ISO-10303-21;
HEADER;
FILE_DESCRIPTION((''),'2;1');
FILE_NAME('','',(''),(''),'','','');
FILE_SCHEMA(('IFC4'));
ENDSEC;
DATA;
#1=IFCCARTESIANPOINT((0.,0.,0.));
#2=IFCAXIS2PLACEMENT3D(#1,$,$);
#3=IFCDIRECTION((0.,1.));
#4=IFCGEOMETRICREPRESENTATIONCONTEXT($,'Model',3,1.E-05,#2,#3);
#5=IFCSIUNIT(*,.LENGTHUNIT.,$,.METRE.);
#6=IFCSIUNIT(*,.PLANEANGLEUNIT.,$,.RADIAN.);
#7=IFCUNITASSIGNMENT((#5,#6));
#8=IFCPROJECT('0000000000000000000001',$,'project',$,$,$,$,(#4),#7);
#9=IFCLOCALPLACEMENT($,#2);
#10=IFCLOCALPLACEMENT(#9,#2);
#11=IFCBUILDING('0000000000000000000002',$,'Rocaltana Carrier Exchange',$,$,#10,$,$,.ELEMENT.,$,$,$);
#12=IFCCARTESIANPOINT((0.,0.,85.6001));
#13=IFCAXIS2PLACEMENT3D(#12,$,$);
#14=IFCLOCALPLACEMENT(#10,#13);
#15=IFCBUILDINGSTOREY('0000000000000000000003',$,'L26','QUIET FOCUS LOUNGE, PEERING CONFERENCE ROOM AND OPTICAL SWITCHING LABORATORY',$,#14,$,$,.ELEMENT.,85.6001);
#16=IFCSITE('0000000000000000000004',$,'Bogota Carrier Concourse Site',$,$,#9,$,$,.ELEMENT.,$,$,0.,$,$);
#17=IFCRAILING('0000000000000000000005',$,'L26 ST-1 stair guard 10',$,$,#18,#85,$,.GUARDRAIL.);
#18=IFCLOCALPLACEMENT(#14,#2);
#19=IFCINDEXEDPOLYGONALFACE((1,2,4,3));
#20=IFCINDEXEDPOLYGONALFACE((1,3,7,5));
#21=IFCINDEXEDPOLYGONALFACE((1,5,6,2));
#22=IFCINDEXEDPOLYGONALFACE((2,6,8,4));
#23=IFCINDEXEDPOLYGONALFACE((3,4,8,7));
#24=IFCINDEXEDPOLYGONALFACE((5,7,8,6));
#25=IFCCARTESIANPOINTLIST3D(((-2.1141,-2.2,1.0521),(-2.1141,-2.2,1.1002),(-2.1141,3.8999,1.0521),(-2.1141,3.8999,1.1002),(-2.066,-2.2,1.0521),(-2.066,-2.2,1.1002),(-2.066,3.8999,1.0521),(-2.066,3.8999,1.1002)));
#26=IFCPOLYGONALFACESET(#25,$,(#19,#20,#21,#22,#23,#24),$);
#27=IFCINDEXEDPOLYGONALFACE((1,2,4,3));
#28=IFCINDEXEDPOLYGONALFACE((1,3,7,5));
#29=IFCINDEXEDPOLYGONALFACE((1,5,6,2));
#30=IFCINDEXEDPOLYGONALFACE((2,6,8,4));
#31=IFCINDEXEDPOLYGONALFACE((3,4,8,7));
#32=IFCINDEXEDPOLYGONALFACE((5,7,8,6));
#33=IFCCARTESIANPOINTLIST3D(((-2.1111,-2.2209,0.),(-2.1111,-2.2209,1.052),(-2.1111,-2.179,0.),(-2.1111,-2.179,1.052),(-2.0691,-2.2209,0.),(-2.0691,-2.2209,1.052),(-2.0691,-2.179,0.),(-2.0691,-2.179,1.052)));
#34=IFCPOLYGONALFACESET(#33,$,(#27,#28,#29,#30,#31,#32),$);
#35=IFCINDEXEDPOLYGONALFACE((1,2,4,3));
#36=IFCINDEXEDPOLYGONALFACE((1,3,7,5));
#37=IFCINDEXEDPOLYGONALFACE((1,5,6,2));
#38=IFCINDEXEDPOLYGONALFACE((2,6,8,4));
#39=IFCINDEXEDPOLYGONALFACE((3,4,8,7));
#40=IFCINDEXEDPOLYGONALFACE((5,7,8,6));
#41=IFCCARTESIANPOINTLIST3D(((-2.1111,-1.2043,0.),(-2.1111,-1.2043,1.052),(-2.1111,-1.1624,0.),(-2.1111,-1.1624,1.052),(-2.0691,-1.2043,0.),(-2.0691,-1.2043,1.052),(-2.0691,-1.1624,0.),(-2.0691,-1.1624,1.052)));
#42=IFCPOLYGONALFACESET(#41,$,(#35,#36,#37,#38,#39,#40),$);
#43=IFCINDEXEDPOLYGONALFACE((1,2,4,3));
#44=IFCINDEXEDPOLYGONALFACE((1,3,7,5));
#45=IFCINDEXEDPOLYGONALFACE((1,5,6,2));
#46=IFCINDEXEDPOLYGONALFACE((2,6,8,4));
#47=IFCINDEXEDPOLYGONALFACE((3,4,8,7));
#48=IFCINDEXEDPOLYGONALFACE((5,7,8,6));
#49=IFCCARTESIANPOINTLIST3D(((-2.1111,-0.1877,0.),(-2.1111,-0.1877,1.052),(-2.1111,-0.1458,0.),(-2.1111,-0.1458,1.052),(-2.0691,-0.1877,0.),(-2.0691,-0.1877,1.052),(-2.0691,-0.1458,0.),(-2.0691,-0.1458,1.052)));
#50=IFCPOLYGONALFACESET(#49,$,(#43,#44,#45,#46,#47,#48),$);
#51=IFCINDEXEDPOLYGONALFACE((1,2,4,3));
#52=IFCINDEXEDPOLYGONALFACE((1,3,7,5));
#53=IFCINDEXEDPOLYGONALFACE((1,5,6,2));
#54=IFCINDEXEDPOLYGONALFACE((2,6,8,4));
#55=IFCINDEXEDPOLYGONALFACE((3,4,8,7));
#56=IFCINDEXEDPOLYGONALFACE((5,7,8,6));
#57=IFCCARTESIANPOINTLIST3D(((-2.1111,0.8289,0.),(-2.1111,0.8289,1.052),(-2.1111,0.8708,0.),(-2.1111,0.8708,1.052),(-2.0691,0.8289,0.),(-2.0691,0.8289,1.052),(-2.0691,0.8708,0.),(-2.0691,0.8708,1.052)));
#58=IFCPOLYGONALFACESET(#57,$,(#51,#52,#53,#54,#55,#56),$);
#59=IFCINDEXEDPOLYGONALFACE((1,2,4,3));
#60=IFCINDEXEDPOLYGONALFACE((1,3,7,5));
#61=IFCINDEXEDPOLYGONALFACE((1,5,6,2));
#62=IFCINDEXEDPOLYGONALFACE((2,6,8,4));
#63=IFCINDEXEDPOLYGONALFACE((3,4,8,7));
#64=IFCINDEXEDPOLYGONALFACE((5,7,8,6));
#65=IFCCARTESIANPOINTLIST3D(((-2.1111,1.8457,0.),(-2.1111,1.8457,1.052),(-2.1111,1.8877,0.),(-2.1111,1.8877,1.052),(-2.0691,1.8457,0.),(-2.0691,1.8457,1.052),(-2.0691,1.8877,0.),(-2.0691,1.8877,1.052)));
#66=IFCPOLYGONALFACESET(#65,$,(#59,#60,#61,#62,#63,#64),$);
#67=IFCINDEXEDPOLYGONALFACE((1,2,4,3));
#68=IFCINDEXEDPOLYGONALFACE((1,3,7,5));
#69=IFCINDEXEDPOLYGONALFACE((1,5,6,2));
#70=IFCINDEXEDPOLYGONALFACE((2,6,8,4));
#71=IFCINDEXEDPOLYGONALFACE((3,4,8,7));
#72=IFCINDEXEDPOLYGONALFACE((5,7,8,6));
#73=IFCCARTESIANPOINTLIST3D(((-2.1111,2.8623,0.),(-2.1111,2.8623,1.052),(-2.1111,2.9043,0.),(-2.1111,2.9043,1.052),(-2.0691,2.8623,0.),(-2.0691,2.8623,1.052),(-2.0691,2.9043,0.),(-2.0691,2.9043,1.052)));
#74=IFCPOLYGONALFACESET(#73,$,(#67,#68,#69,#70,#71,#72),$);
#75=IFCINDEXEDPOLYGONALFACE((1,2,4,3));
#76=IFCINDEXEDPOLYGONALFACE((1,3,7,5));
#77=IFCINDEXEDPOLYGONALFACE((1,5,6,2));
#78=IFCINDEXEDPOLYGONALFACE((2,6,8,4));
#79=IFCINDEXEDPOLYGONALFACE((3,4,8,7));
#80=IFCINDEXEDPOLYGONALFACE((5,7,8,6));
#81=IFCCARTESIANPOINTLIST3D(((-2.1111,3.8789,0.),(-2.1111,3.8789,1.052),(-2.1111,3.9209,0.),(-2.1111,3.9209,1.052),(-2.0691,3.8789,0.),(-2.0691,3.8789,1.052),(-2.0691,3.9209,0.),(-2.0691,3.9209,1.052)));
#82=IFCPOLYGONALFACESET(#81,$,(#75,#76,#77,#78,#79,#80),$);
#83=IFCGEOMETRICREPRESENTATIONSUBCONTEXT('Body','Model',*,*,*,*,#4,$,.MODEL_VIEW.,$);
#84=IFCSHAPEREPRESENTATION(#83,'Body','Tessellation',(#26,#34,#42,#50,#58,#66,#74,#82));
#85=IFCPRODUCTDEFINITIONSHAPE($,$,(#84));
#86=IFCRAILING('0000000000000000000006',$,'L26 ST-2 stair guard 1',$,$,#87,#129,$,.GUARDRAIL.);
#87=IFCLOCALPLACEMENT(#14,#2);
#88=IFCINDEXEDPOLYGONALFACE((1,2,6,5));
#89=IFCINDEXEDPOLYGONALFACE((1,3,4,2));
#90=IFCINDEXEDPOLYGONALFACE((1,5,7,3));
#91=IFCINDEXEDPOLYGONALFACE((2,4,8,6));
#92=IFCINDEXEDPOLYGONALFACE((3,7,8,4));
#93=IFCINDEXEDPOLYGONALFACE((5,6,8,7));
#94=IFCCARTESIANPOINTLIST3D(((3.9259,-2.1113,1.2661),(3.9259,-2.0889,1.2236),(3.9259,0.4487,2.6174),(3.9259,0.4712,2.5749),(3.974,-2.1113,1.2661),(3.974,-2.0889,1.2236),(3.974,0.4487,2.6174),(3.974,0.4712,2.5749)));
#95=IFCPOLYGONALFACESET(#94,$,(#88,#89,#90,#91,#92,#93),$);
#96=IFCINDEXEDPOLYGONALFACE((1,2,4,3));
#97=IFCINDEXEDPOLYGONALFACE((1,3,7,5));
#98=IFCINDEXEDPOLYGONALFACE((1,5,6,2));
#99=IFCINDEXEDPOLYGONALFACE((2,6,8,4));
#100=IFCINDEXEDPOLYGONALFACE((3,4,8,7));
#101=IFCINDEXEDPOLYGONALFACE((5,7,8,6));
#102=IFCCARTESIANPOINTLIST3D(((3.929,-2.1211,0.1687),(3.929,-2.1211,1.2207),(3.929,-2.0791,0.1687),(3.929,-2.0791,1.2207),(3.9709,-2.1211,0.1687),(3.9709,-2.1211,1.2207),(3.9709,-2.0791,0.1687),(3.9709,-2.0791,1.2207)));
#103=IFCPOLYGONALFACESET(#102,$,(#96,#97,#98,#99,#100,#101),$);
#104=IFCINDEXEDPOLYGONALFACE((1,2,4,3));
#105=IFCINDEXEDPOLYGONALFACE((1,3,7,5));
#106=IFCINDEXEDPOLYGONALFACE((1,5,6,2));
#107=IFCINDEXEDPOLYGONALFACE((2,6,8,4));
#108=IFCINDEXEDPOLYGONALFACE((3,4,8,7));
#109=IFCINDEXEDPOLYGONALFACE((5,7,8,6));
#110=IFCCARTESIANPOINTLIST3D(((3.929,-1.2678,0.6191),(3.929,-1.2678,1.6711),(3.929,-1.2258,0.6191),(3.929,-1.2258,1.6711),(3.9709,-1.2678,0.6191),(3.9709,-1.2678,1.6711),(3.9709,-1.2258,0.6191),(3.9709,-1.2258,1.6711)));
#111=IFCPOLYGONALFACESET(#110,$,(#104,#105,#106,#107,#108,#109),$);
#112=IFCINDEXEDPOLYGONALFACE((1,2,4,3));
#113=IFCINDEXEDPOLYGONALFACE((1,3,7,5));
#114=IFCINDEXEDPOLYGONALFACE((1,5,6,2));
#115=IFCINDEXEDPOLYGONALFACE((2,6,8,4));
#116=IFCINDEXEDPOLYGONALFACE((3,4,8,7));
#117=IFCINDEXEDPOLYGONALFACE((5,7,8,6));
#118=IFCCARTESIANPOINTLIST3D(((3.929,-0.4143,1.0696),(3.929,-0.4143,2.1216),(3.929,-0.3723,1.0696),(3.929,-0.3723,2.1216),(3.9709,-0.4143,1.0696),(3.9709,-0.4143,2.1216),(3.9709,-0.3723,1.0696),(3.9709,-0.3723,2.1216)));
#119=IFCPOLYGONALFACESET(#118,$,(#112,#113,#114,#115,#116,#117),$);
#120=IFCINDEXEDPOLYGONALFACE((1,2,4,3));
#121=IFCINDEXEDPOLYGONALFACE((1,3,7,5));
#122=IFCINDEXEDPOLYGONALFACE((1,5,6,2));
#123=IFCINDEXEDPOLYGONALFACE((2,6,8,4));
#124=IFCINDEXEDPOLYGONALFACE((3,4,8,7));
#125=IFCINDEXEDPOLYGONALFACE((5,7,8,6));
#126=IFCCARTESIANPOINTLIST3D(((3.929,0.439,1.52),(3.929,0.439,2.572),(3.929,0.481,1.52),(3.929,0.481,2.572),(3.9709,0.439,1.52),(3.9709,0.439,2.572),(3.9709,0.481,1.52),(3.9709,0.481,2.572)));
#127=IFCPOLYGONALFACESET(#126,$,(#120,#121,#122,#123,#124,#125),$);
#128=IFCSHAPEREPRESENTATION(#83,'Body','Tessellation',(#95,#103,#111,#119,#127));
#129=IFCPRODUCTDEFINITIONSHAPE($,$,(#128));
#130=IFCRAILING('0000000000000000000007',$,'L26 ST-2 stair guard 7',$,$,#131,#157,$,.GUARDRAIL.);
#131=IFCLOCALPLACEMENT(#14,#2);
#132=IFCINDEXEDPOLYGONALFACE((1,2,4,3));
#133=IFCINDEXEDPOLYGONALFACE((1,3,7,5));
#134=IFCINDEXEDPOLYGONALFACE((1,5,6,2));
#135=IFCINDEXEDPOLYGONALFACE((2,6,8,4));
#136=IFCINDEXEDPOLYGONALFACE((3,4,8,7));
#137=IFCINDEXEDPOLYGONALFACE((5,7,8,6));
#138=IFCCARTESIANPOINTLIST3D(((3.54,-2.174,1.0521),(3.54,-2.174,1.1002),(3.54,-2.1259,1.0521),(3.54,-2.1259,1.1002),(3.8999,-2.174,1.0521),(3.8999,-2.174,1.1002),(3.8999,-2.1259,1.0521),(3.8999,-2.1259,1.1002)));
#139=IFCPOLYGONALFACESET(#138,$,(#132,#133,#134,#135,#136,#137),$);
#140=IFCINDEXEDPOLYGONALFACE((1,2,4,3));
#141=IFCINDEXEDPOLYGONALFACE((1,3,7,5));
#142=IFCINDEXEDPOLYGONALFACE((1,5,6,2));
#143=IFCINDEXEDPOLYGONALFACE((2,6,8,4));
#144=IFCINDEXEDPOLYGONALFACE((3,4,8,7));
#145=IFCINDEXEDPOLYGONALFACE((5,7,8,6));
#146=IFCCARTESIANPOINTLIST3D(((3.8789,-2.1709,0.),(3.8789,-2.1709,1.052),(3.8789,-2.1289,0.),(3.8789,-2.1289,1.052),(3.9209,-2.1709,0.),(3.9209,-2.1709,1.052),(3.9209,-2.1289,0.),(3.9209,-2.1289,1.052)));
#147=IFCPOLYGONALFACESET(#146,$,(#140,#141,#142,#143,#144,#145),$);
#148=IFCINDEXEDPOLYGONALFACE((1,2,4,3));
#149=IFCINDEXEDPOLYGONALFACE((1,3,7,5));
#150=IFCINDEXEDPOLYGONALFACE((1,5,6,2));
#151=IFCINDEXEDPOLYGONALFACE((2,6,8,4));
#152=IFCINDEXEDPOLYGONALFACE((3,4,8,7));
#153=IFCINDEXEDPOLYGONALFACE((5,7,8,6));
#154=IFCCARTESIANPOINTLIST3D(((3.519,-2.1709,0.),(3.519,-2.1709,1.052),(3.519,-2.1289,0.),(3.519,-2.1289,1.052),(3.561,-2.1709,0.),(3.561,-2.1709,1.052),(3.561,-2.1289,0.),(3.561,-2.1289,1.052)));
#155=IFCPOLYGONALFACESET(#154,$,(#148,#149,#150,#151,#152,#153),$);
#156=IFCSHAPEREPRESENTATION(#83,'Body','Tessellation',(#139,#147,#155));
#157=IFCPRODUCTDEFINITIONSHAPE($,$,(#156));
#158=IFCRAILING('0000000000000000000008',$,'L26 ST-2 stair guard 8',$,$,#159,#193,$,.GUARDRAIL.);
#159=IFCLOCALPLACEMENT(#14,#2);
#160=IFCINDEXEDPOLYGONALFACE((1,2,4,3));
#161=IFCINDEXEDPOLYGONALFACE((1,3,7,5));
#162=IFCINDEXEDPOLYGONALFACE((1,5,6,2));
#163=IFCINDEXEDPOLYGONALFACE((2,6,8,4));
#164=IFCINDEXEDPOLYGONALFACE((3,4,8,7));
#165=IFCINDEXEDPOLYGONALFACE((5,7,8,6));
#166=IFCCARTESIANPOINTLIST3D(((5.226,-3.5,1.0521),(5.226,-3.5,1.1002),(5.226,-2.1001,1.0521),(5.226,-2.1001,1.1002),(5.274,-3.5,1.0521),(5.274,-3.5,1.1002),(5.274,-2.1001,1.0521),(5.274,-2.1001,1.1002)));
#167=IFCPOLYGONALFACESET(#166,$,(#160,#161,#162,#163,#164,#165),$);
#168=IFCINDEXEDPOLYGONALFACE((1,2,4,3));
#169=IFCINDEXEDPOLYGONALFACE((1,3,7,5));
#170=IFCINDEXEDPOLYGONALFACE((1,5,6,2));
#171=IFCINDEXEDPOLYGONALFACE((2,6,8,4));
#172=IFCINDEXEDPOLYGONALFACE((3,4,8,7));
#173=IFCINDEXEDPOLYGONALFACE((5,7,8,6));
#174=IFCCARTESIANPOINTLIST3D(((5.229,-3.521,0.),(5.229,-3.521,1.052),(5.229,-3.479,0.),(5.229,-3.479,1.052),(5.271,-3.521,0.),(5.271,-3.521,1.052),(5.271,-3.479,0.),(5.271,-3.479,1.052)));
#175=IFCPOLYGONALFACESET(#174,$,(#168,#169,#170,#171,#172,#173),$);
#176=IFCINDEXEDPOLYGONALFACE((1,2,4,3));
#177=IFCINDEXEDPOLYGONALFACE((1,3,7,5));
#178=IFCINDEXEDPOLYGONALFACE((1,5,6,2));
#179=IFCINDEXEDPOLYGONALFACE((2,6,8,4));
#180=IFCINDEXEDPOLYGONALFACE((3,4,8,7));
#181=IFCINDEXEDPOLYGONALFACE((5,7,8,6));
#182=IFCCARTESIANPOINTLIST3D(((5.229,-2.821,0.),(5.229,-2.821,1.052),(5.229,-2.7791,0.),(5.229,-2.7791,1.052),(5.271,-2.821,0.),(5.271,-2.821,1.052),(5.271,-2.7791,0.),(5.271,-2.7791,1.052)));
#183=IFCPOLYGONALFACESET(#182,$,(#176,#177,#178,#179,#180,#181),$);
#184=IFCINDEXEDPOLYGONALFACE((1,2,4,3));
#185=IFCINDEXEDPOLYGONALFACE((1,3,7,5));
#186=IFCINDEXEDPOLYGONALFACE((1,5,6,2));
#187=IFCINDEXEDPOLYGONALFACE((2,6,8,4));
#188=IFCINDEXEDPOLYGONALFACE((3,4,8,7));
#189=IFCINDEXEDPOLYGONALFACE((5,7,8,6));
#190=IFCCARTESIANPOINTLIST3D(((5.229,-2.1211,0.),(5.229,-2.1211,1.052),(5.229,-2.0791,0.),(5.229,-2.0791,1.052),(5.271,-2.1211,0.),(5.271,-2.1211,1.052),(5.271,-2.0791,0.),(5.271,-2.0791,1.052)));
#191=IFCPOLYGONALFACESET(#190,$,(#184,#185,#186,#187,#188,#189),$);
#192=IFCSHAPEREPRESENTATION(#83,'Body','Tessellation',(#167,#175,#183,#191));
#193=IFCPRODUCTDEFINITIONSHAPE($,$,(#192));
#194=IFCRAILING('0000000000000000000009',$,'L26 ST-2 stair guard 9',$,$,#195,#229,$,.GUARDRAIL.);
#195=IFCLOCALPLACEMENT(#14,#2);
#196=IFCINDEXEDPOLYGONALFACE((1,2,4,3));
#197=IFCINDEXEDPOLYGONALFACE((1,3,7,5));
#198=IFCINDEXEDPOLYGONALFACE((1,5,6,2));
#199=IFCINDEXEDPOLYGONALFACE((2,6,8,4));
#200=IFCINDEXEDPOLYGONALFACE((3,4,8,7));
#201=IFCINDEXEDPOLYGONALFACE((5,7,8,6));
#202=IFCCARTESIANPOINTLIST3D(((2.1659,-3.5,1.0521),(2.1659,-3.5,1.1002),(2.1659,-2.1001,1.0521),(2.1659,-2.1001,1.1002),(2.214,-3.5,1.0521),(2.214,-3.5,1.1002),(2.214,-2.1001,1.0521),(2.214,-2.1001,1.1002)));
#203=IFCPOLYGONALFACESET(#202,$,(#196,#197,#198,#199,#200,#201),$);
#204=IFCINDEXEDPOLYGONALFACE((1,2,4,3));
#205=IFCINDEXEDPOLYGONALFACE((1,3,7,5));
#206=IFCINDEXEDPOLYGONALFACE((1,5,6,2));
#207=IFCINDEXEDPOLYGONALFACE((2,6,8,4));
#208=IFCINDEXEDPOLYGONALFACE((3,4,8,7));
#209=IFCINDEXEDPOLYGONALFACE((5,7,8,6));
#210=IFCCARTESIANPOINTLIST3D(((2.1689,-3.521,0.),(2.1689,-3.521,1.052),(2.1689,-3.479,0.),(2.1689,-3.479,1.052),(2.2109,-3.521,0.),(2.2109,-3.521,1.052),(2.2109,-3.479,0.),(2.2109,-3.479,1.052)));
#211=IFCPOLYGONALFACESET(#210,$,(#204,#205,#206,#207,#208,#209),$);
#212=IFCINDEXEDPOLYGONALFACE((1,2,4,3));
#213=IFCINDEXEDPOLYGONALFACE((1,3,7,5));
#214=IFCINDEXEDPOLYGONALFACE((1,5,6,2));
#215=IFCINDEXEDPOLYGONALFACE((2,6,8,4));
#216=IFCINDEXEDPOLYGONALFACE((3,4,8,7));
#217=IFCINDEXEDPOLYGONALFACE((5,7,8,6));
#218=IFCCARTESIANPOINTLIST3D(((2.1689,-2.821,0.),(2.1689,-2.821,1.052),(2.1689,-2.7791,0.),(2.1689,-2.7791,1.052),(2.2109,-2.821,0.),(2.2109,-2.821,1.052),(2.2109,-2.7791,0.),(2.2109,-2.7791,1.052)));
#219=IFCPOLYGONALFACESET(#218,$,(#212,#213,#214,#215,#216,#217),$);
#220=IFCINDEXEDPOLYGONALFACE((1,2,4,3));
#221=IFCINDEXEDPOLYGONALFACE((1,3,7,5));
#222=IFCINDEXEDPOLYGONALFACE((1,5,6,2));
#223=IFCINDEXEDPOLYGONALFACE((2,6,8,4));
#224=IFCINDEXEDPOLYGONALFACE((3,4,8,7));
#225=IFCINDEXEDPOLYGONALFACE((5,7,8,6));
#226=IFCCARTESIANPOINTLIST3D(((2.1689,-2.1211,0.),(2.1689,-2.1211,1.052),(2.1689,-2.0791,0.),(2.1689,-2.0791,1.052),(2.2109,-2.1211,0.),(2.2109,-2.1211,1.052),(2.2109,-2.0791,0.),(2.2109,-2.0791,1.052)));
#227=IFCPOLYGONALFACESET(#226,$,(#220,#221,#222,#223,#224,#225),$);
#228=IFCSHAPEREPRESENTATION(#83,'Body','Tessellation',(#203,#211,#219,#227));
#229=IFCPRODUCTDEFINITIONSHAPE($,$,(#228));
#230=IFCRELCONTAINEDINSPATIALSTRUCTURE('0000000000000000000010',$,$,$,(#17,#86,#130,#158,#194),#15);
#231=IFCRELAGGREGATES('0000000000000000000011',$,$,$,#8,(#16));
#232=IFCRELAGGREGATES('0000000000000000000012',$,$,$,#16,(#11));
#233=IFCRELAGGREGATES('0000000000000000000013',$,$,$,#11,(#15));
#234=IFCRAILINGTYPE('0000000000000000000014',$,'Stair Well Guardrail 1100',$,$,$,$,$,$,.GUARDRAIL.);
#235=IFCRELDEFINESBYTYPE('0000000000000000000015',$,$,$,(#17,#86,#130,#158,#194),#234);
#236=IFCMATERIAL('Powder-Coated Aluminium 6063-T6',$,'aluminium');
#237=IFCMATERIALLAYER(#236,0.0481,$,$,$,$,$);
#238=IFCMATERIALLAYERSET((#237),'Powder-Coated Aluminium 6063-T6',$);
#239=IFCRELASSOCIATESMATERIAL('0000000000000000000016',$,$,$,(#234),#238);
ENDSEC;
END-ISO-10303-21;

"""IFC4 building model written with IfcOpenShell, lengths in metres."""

from ifc_helpers import new_model, si_unit, direction, frame, origin, origin_2d, place, context, subcontext, project, spatial, rectangle, extrude, material, layer, layer_set, type_object, element, save


model = new_model("IFC4")

# Units and contexts
model_context = context("Model", 3, precision=1e-05, world=origin(), true_north=direction((0.0, 1.0)))
body_context = subcontext(model_context, "Body", "Model", "MODEL_VIEW")
ifc_project = project(units=[si_unit("LENGTHUNIT", "METRE"), si_unit("PLANEANGLEUNIT", "RADIAN")], contexts=[model_context])

# Site, building, storey
site_placement = place(None, origin())
site = spatial("IfcSite", under=ifc_project, at=site_placement, Name="Bogota Carrier Concourse Site", CompositionType="ELEMENT", RefElevation=0.0)
building_placement = place(site_placement, origin())
building = spatial("IfcBuilding", under=site, at=building_placement, Name="Rocaltana Carrier Exchange", CompositionType="ELEMENT")
storey_placement = place(building_placement, frame((0.0, 0.0, 85.6001)))
storey = spatial("IfcBuildingStorey", under=building, at=storey_placement, Name="L26", Description="QUIET FOCUS LOUNGE, PEERING CONFERENCE ROOM AND OPTICAL SWITCHING LABORATORY", CompositionType="ELEMENT", Elevation=85.6001)

# Railings
ifc_material_1 = material(Name="Powder-Coated Aluminium 6063-T6", Category="aluminium")
ifc_layer_1 = layer(ifc_material_1, 0.0481)
ifc_layer_set_1 = layer_set([ifc_layer_1], Name="Powder-Coated Aluminium 6063-T6")
railing_type_1 = type_object("IfcRailingType", Name="Stair Well Guardrail 1100", PredefinedType="GUARDRAIL", material=ifc_layer_set_1)
railing_1_placement = place(storey_placement, frame((-2.0901, -2.2, 0.0)))
element("IfcRailing", 1, at=railing_1_placement, inside=storey, type_object=railing_type_1, Name="L26 ST-1 stair guard 10", PredefinedType="GUARDRAIL", context=body_context, shape_type="SweptSolid", body=[
    extrude(rectangle(XDim=0.0481, YDim=0.0481, at=origin_2d()), frame((0.0, 0.0, 1.0762), z_axis=(0.0, 1.0, 0.0), x_axis=(-1.0, 0.0, 0.0)), (0.0, 0.0, 1.0), 6.0999),
    extrude(rectangle(XDim=0.042, YDim=0.042, at=origin_2d()), origin(), (0.0, 0.0, 1.0), 1.052),
    extrude(rectangle(XDim=0.042, YDim=0.042, at=origin_2d()), frame((0.0, 1.0166, 0.0)), (0.0, 0.0, 1.0), 1.052),
    extrude(rectangle(XDim=0.042, YDim=0.042, at=origin_2d()), frame((0.0, 2.0332, 0.0)), (0.0, 0.0, 1.0), 1.052),
    extrude(rectangle(XDim=0.042, YDim=0.042, at=origin_2d()), frame((0.0, 3.0498, 0.0)), (0.0, 0.0, 1.0), 1.052),
    extrude(rectangle(XDim=0.042, YDim=0.042, at=origin_2d()), frame((0.0, 4.0667, 0.0)), (0.0, 0.0, 1.0), 1.052),
    extrude(rectangle(XDim=0.042, YDim=0.042, at=origin_2d()), frame((0.0, 5.0833, 0.0)), (0.0, 0.0, 1.0), 1.052),
    extrude(rectangle(XDim=0.042, YDim=0.042, at=origin_2d()), frame((0.0, 6.0999, 0.0)), (0.0, 0.0, 1.0), 1.052),
])
railing_2_placement = place(storey_placement, frame((3.95, -2.1001, 0.1687)))
element("IfcRailing", 2, at=railing_2_placement, inside=storey, type_object=railing_type_1, Name="L26 ST-2 stair guard 1", PredefinedType="GUARDRAIL", context=body_context, shape_type="SweptSolid", body=[
    extrude(rectangle(XDim=0.0481, YDim=0.0481, at=origin_2d()), frame((0.0, 0.0, 1.0762), z_axis=(0.0, 0.88436, 0.466806), x_axis=(-1.0, 0.0, 0.0)), (0.0, 0.0, 1.0), 2.8948),
    extrude(rectangle(XDim=0.042, YDim=0.042, at=origin_2d()), origin(), (0.0, 0.0, 1.0), 1.052),
    extrude(rectangle(XDim=0.042, YDim=0.042, at=origin_2d()), frame((0.0, 0.8533, 0.4504)), (0.0, 0.0, 1.0), 1.052),
    extrude(rectangle(XDim=0.042, YDim=0.042, at=origin_2d()), frame((0.0, 1.7068, 0.9009)), (0.0, 0.0, 1.0), 1.052),
    extrude(rectangle(XDim=0.042, YDim=0.042, at=origin_2d()), frame((0.0, 2.5601, 1.3513)), (0.0, 0.0, 1.0), 1.052),
])
railing_3_placement = place(storey_placement, frame((3.8999, -2.1499, 0.0)))
element("IfcRailing", 3, at=railing_3_placement, inside=storey, type_object=railing_type_1, Name="L26 ST-2 stair guard 7", PredefinedType="GUARDRAIL", context=body_context, shape_type="SweptSolid", body=[
    extrude(rectangle(XDim=0.0481, YDim=0.0481, at=origin_2d()), frame((0.0, 0.0, 1.0762), z_axis=(-1.0, 0.0, 0.0), x_axis=(0.0, -1.0, 0.0)), (0.0, 0.0, 1.0), 0.3599),
    extrude(rectangle(XDim=0.042, YDim=0.042, at=origin_2d()), origin(), (0.0, 0.0, 1.0), 1.052),
    extrude(rectangle(XDim=0.042, YDim=0.042, at=origin_2d()), frame((-0.3599, 0.0, 0.0)), (0.0, 0.0, 1.0), 1.052),
])
for number, where, name in (
    (4, (5.25, -3.5, 0.0), "L26 ST-2 stair guard 8"),
    (5, (2.1899, -3.5, 0.0), "L26 ST-2 stair guard 9"),
):
    element("IfcRailing", number, at=place(storey_placement, frame(where)), inside=storey, type_object=railing_type_1, Name=name, PredefinedType="GUARDRAIL", context=body_context, shape_type="SweptSolid", body=[
        extrude(rectangle(XDim=0.0481, YDim=0.0481, at=origin_2d()), frame((0.0, 0.0, 1.0762), z_axis=(0.0, 1.0, 0.0), x_axis=(-1.0, 0.0, 0.0)), (0.0, 0.0, 1.0), 1.3999),
        extrude(rectangle(XDim=0.042, YDim=0.042, at=origin_2d()), origin(), (0.0, 0.0, 1.0), 1.052),
        extrude(rectangle(XDim=0.042, YDim=0.042, at=origin_2d()), frame((0.0, 0.7, 0.0)), (0.0, 0.0, 1.0), 1.052),
        extrude(rectangle(XDim=0.042, YDim=0.042, at=origin_2d()), frame((0.0, 1.3999, 0.0)), (0.0, 0.0, 1.0), 1.052),
    ])

save(model, "model.ifc")
